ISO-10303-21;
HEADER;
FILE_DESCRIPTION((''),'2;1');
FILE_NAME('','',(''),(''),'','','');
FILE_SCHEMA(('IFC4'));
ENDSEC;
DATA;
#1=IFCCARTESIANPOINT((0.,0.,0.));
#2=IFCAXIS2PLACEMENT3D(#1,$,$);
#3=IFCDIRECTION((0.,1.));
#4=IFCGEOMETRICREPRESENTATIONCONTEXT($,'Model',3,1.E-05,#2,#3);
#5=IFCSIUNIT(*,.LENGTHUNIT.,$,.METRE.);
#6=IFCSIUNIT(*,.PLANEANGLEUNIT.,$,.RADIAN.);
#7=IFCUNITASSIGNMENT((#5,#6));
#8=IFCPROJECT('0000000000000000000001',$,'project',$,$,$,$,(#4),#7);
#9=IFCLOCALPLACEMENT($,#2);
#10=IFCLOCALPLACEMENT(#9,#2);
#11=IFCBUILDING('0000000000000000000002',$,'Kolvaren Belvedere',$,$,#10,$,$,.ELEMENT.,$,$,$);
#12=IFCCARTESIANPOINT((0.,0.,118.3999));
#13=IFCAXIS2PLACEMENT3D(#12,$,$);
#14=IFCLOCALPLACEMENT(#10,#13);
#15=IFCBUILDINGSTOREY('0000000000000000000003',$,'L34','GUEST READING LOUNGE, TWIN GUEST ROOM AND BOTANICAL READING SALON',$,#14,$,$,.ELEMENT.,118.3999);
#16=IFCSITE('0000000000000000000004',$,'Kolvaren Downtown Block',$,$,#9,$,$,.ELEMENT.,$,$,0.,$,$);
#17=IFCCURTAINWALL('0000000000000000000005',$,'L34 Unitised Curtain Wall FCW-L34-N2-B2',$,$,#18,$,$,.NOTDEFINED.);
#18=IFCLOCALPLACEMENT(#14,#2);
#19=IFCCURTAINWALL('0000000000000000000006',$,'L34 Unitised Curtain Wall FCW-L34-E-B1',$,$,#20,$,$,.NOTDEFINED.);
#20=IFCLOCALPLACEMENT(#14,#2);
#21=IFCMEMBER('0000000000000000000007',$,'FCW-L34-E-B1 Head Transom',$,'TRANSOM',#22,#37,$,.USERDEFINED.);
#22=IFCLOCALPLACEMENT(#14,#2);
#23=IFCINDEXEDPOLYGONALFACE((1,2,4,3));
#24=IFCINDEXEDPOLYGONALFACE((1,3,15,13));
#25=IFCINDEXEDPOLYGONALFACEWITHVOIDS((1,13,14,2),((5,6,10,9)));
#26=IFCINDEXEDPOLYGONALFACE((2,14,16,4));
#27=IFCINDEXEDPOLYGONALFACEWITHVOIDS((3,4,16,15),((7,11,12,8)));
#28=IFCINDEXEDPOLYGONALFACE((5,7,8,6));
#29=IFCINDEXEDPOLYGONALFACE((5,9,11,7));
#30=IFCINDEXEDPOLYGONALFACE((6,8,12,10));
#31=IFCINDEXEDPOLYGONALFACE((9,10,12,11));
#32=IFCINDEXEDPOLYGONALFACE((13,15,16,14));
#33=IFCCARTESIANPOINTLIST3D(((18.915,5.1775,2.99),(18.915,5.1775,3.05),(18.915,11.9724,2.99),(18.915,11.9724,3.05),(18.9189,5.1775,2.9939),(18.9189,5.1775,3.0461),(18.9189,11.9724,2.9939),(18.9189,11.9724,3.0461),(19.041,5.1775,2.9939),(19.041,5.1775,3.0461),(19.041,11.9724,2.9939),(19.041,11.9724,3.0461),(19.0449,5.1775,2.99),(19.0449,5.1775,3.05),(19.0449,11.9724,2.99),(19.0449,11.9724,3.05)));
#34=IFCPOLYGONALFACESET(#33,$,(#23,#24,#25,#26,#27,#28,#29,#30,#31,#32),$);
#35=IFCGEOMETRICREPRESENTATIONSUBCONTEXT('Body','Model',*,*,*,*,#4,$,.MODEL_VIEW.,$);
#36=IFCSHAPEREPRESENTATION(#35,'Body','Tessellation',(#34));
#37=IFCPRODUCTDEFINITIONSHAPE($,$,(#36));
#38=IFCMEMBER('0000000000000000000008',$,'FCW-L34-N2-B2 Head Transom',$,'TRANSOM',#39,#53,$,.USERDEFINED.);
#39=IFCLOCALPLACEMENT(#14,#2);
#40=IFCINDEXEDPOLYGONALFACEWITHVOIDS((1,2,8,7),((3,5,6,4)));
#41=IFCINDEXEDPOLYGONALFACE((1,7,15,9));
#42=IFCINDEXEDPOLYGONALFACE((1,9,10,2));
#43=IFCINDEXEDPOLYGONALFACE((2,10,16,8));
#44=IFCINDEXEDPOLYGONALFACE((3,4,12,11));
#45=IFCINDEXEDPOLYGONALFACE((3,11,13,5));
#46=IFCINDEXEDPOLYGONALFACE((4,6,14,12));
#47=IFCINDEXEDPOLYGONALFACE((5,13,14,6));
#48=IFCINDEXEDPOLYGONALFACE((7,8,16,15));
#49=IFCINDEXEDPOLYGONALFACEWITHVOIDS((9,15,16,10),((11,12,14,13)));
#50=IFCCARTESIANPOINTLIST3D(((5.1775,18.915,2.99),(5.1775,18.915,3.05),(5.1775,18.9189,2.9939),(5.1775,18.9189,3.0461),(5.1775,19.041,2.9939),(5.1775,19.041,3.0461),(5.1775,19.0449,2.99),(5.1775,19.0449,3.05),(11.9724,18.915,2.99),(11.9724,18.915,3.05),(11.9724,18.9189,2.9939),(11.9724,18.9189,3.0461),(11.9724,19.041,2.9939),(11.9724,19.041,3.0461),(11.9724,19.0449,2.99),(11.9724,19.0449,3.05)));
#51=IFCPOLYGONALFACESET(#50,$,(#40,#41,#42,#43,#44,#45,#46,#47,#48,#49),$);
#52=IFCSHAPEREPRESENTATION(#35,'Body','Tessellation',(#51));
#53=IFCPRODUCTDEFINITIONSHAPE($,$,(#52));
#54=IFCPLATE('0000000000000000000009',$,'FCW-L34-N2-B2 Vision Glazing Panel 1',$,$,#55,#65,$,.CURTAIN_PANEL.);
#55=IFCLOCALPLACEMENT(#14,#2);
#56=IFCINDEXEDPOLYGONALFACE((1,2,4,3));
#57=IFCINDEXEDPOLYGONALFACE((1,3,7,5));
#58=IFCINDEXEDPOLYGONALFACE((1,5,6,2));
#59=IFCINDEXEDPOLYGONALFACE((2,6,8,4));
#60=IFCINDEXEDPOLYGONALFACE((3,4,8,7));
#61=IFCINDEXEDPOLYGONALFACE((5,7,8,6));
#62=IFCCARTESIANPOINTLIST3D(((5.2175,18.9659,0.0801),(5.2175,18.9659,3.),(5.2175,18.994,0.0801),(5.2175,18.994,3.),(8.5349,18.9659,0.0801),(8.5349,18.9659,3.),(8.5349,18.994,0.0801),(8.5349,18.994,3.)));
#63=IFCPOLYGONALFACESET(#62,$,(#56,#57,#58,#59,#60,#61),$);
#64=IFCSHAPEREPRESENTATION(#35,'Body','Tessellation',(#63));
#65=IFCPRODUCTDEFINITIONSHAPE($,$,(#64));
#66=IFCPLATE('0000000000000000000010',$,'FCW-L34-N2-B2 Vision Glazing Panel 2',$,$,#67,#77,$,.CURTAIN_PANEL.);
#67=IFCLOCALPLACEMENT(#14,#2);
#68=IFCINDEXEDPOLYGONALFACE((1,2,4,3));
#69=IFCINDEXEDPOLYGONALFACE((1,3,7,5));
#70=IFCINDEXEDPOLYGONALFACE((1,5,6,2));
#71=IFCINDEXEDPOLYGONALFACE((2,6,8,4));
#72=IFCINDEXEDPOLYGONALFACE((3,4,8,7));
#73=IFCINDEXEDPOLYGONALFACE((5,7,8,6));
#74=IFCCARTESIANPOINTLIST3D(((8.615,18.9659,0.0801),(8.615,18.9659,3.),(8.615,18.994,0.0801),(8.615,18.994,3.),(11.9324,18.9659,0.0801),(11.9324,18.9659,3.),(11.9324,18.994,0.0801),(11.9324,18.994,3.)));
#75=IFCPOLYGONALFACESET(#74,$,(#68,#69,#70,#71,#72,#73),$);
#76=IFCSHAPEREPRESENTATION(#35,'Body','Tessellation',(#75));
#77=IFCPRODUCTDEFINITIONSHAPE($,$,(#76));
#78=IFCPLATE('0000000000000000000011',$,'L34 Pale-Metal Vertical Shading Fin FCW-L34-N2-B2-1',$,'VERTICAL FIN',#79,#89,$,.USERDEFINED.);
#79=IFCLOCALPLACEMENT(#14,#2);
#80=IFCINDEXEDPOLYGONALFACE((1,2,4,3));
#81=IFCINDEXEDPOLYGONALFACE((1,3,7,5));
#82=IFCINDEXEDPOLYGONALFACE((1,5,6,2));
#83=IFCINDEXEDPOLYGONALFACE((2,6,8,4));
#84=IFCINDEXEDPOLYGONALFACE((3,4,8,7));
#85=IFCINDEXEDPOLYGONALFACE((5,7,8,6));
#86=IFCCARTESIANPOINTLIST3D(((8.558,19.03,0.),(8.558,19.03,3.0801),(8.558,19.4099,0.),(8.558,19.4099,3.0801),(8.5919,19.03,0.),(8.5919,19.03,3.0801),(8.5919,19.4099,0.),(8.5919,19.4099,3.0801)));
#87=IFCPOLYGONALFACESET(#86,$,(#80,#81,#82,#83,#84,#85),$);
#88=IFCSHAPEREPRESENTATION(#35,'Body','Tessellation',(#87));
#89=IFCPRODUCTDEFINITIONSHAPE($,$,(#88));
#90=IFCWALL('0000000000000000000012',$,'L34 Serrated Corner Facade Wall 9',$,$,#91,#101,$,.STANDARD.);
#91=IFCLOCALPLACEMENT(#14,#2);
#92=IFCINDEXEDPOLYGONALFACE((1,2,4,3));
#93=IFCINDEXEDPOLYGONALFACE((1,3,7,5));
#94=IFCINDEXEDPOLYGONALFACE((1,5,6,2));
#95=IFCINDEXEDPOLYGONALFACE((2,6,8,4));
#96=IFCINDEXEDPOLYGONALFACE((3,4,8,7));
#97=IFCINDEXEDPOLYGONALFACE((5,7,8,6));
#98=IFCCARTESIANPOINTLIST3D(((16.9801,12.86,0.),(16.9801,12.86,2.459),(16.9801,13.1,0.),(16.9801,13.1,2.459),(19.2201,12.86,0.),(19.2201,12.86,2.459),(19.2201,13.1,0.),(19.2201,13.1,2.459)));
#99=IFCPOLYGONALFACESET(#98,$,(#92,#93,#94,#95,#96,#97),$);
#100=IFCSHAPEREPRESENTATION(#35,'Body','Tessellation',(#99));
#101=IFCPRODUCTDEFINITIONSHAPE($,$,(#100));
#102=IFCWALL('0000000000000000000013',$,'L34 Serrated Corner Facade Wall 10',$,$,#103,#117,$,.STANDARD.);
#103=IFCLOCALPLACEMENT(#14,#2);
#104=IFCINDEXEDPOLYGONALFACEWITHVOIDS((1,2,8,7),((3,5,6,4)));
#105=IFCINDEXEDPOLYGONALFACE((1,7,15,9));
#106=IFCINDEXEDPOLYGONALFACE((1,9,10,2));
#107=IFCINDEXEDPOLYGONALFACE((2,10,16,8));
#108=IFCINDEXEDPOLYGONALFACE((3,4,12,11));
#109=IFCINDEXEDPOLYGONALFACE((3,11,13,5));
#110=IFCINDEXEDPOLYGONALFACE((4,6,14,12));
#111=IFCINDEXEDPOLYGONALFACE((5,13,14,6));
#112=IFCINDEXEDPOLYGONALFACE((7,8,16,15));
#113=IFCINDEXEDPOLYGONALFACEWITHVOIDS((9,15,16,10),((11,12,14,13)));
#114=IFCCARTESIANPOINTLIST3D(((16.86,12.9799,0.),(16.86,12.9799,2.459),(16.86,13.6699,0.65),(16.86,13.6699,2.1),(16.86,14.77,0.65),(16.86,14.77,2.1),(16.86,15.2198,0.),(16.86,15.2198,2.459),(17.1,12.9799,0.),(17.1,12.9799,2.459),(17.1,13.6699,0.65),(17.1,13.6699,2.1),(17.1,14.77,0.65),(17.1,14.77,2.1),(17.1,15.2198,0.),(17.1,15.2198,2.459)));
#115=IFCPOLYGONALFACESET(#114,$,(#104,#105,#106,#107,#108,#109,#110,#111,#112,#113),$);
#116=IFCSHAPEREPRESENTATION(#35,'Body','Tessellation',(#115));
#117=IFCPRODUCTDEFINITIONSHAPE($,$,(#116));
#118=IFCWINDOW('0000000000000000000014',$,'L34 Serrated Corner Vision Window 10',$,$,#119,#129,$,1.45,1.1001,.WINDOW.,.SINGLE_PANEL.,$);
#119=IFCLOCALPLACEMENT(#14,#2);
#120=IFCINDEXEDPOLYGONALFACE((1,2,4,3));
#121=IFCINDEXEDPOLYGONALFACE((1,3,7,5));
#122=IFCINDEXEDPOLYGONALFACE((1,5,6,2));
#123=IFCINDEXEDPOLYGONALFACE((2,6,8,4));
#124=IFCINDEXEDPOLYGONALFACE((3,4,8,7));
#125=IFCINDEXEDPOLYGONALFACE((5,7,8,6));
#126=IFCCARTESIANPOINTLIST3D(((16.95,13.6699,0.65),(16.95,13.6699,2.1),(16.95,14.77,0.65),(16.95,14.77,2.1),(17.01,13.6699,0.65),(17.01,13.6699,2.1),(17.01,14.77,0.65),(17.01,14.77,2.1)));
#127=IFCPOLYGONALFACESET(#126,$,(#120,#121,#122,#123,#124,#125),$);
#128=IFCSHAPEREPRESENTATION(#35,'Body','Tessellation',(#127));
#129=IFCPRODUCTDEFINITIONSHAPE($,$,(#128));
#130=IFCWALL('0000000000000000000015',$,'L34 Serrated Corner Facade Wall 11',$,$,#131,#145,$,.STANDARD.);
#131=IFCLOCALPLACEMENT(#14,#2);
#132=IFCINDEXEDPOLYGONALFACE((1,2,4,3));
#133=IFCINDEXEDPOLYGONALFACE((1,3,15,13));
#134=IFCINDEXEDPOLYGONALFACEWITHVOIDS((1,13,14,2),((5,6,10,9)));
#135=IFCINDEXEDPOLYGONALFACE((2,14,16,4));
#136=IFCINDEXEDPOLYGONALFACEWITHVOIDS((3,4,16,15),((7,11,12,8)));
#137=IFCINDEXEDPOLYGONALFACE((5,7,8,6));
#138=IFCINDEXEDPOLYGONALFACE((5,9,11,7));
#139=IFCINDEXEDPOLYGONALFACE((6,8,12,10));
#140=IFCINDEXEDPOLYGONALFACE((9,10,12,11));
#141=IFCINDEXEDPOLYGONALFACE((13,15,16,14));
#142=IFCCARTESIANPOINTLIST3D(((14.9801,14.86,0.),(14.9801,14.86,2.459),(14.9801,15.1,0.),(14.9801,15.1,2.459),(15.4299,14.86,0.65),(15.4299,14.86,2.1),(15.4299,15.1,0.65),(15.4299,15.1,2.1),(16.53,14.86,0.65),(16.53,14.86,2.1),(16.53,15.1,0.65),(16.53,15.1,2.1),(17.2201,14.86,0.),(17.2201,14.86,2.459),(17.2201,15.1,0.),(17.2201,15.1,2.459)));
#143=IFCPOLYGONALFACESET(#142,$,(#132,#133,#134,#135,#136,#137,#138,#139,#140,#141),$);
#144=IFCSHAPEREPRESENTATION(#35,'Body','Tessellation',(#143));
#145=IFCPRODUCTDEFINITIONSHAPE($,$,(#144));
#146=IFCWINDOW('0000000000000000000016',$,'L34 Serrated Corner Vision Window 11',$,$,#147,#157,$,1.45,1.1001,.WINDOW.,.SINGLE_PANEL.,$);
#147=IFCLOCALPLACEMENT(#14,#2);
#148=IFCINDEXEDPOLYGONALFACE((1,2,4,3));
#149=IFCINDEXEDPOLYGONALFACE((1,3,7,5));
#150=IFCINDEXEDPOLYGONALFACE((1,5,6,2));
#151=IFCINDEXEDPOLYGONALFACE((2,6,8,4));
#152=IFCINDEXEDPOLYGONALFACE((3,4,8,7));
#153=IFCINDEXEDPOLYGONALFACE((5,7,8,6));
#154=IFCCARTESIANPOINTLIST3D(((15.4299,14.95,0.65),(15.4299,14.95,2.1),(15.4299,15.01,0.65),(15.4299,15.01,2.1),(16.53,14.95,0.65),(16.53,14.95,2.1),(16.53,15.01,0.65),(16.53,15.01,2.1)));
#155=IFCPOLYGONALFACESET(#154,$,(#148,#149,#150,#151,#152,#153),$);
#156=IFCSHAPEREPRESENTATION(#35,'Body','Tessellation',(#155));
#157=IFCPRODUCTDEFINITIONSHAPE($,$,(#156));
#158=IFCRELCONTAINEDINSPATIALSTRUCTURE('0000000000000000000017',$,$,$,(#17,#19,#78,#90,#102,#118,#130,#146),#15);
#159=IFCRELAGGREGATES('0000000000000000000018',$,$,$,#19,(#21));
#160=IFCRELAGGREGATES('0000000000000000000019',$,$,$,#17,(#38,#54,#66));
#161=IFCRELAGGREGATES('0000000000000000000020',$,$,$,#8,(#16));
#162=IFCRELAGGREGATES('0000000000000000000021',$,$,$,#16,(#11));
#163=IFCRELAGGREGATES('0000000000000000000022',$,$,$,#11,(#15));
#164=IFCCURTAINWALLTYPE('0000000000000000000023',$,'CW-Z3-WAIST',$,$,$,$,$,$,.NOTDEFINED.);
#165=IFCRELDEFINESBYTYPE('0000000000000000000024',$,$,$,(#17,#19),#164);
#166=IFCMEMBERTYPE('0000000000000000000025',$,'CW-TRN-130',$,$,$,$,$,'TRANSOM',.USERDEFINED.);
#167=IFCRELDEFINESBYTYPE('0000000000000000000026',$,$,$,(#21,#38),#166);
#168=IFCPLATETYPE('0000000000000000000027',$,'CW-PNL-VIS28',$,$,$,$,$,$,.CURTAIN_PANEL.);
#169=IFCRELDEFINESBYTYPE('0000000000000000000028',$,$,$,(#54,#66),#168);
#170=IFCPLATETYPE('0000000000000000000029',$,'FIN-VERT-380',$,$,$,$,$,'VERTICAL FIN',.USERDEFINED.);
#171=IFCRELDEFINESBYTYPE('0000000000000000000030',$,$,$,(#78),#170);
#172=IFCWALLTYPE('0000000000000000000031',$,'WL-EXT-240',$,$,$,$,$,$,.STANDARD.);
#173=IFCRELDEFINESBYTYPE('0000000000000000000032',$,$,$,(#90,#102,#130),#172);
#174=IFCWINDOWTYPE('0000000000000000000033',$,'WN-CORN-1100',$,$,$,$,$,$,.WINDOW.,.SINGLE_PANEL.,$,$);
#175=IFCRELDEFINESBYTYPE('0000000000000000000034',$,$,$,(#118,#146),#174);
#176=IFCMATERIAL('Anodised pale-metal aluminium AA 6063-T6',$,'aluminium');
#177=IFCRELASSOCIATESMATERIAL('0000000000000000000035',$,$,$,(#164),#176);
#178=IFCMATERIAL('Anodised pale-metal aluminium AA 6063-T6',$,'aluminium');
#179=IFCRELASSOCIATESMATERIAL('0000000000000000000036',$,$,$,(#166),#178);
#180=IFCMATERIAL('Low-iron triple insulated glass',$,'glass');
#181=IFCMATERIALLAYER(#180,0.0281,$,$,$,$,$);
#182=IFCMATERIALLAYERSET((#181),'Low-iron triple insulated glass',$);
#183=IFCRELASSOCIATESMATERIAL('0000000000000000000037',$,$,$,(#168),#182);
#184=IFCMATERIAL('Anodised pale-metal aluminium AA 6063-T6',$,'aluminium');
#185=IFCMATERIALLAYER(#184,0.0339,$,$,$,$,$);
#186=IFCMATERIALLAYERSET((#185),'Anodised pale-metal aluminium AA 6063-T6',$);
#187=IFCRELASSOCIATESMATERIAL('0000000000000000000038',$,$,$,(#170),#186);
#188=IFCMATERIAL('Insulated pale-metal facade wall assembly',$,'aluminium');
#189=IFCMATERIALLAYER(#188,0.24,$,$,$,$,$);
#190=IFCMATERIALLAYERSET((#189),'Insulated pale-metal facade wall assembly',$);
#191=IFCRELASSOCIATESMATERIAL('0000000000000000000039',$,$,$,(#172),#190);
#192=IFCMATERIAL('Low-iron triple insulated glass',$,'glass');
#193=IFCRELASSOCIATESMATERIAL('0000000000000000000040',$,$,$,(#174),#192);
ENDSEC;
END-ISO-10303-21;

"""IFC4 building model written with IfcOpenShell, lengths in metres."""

from ifc_helpers import new_model, si_unit, direction, frame, frame_2d, origin, origin_2d, place, context, subcontext, project, spatial, rectangle, hollow_rectangle, extrude, material, layer, layer_set, material_profile, profile_set, type_object, element, fill, aggregate, save


model = new_model("IFC4")

# Units and contexts
model_context = context("Model", 3, precision=1e-05, world=origin(), true_north=direction((0.0, 1.0)))
body_context = subcontext(model_context, "Body", "Model", "MODEL_VIEW")
ifc_project = project(units=[si_unit("LENGTHUNIT", "METRE"), si_unit("PLANEANGLEUNIT", "RADIAN")], contexts=[model_context])

# Site, building, storey
site_placement = place(None, origin())
site = spatial("IfcSite", under=ifc_project, at=site_placement, Name="Kolvaren Downtown Block", CompositionType="ELEMENT", RefElevation=0.0)
building_placement = place(site_placement, origin())
building = spatial("IfcBuilding", under=site, at=building_placement, Name="Kolvaren Belvedere", CompositionType="ELEMENT")
storey_placement = place(building_placement, frame((0.0, 0.0, 118.3999)))
storey = spatial("IfcBuildingStorey", under=building, at=storey_placement, Name="L34", Description="GUEST READING LOUNGE, TWIN GUEST ROOM AND BOTANICAL READING SALON", CompositionType="ELEMENT", Elevation=118.3999)

# Curtain walls, member
ifc_material_1 = material(Name="Anodised pale-metal aluminium AA 6063-T6", Category="aluminium")
curtain_wall_type = type_object("IfcCurtainWallType", Name="CW-Z3-WAIST", PredefinedType="NOTDEFINED", material=ifc_material_1)
curtain_wall_1_placement = place(storey_placement, origin())
curtain_wall_1 = element("IfcCurtainWall", 1, at=curtain_wall_1_placement, inside=storey, type_object=curtain_wall_type, Name="L34 Unitised Curtain Wall FCW-L34-N2-B2", PredefinedType="NOTDEFINED")
curtain_wall_2_placement = place(storey_placement, origin())
curtain_wall_2 = element("IfcCurtainWall", 2, at=curtain_wall_2_placement, inside=storey, type_object=curtain_wall_type, Name="L34 Unitised Curtain Wall FCW-L34-E-B1", PredefinedType="NOTDEFINED")
ifc_material_2 = material(Name="Anodised pale-metal aluminium AA 6063-T6", Category="aluminium")
ifc_material_profile_1 = material_profile(ifc_material_2, hollow_rectangle(XDim=0.0601, YDim=0.1299, WallThickness=0.0039, at=origin_2d()), Name="ALU-TRN-130X60")
ifc_profile_set_1 = profile_set([ifc_material_profile_1], Name="Anodised pale-metal aluminium AA 6063-T6")
member_type_1 = type_object("IfcMemberType", Name="CW-TRN-130", ElementType="TRANSOM", PredefinedType="USERDEFINED", material=ifc_profile_set_1)
member_1_placement = place(storey_placement, frame((18.98, 11.9724, 3.02), z_axis=(0.0, -1.0, 0.0), x_axis=(0.0, 0.0, 1.0)))
member_1 = element("IfcMember", 3, at=member_1_placement, type_object=member_type_1, Name="FCW-L34-E-B1 Head Transom", ObjectType="TRANSOM", PredefinedType="USERDEFINED", context=body_context, shape_type="SweptSolid", body=[
    extrude(hollow_rectangle(XDim=0.0601, YDim=0.1299, WallThickness=0.0039, at=origin_2d()), origin(), (0.0, 0.0, 1.0), 6.7949),
])
aggregate(curtain_wall_2, [member_1])

# Member
member_2_placement = place(storey_placement, frame((5.1775, 18.98, 3.02), z_axis=(1.0, 0.0, 0.0), x_axis=(0.0, 0.0, 1.0)))
member_2 = element("IfcMember", 4, at=member_2_placement, type_object=member_type_1, Name="FCW-L34-N2-B2 Head Transom", ObjectType="TRANSOM", PredefinedType="USERDEFINED", context=body_context, shape_type="SweptSolid", body=[
    extrude(hollow_rectangle(XDim=0.0601, YDim=0.1299, WallThickness=0.0039, at=origin_2d()), origin(), (0.0, 0.0, 1.0), 6.7949),
])

# Plates
ifc_material_3 = material(Name="Low-iron triple insulated glass", Category="glass")
ifc_layer_1 = layer(ifc_material_3, 0.0281)
ifc_layer_set_1 = layer_set([ifc_layer_1], Name="Low-iron triple insulated glass")
plate_type_1 = type_object("IfcPlateType", Name="CW-PNL-VIS28", PredefinedType="CURTAIN_PANEL", material=ifc_layer_set_1)
plate_1_placement = place(storey_placement, frame((6.8762, 18.98, 0.0801), z_axis=(0.0, 0.0, 1.0), x_axis=(1.0, 0.0, 0.0)))
plate_1 = element("IfcPlate", 5, at=plate_1_placement, type_object=plate_type_1, Name="FCW-L34-N2-B2 Vision Glazing Panel 1", PredefinedType="CURTAIN_PANEL", context=body_context, shape_type="SweptSolid", body=[
    extrude(rectangle(XDim=3.3174, YDim=0.0281, at=origin_2d()), origin(), (0.0, 0.0, 1.0), 2.9199),
])
plate_2_placement = place(storey_placement, frame((10.2737, 18.98, 0.0801), z_axis=(0.0, 0.0, 1.0), x_axis=(1.0, 0.0, 0.0)))
plate_2 = element("IfcPlate", 6, at=plate_2_placement, type_object=plate_type_1, Name="FCW-L34-N2-B2 Vision Glazing Panel 2", PredefinedType="CURTAIN_PANEL", context=body_context, shape_type="SweptSolid", body=[
    extrude(rectangle(XDim=3.3174, YDim=0.0281, at=origin_2d()), origin(), (0.0, 0.0, 1.0), 2.9199),
])
aggregate(curtain_wall_1, [member_2, plate_1, plate_2])
ifc_material_4 = material(Name="Anodised pale-metal aluminium AA 6063-T6", Category="aluminium")
ifc_layer_2 = layer(ifc_material_4, 0.0339)
ifc_layer_set_2 = layer_set([ifc_layer_2], Name="Anodised pale-metal aluminium AA 6063-T6")
plate_type_2 = type_object("IfcPlateType", Name="FIN-VERT-380", ElementType="VERTICAL FIN", PredefinedType="USERDEFINED", material=ifc_layer_set_2)
plate_3_placement = place(storey_placement, frame((8.575, 19.22, 0.0), z_axis=(0.0, 0.0, 1.0), x_axis=(0.0, 1.0, 0.0)))
element("IfcPlate", 7, at=plate_3_placement, inside=storey, type_object=plate_type_2, Name="L34 Pale-Metal Vertical Shading Fin FCW-L34-N2-B2-1", ObjectType="VERTICAL FIN", PredefinedType="USERDEFINED", context=body_context, shape_type="SweptSolid", body=[
    extrude(rectangle(XDim=0.3799, YDim=0.0339, at=origin_2d()), origin(), (0.0, 0.0, 1.0), 3.0801),
])

# Wall
ifc_material_5 = material(Name="Insulated pale-metal facade wall assembly", Category="aluminium")
ifc_layer_3 = layer(ifc_material_5, 0.24)
ifc_layer_set_3 = layer_set([ifc_layer_3], Name="Insulated pale-metal facade wall assembly")
wall_type_1 = type_object("IfcWallType", Name="WL-EXT-240", PredefinedType="STANDARD", material=ifc_layer_set_3)
wall_1_placement = place(storey_placement, frame((16.98, 12.98, 0.0), z_axis=(0.0, 0.0, 1.0), x_axis=(1.0, 0.0, 0.0)))
element("IfcWall", 8, at=wall_1_placement, inside=storey, type_object=wall_type_1, Name="L34 Serrated Corner Facade Wall 9", PredefinedType="STANDARD", context=body_context, shape_type="SweptSolid", body=[
    extrude(rectangle(XDim=2.24, YDim=0.24, at=frame_2d((1.1201, 0.0))), origin(), (0.0, 0.0, 1.0), 2.459),
])

# Walls, openings, windows
wall_2_placement = place(storey_placement, frame((16.98, 15.22, 0.0), z_axis=(0.0, 0.0, 1.0), x_axis=(0.0, -1.0, 0.0)))
wall_2 = element("IfcWall", 9, at=wall_2_placement, inside=storey, type_object=wall_type_1, Name="L34 Serrated Corner Facade Wall 10", PredefinedType="STANDARD", context=body_context, shape_type="SweptSolid", body=[
    extrude(rectangle(XDim=2.24, YDim=0.24, at=frame_2d((1.1201, 0.0))), origin(), (0.0, 0.0, 1.0), 2.459),
])
opening_1_placement = place(wall_2_placement, frame((0.45, 0.0, 0.6499)))
opening_1 = element("IfcOpeningElement", 10, at=opening_1_placement, cuts=wall_2, PredefinedType="OPENING", context=body_context, shape_type="SweptSolid", body=[
    extrude(rectangle(XDim=1.1001, YDim=1.45, at=frame_2d((0.55, 0.7251))), frame((0.0, 0.1299, 0.0), z_axis=(0.0, -1.0, 0.0), x_axis=(1.0, 0.0, 0.0)), (0.0, 0.0, 1.0), 0.26),
])
ifc_material_6 = material(Name="Low-iron triple insulated glass", Category="glass")
window_type = type_object("IfcWindowType", Name="WN-CORN-1100", PartitioningType="SINGLE_PANEL", PredefinedType="WINDOW", material=ifc_material_6)
window_1_placement = place(opening_1_placement, origin())
window_1 = element("IfcWindow", 11, at=window_1_placement, inside=storey, type_object=window_type, Name="L34 Serrated Corner Vision Window 10", OverallHeight=1.45, OverallWidth=1.1001, PartitioningType="SINGLE_PANEL", PredefinedType="WINDOW", context=body_context, shape_type="SweptSolid", body=[
    extrude(rectangle(XDim=1.1001, YDim=1.45, at=frame_2d((0.55, 0.7251))), frame((0.0, 0.03, 0.0), z_axis=(0.0, -1.0, 0.0), x_axis=(1.0, 0.0, 0.0)), (0.0, 0.0, 1.0), 0.0601),
])
fill(opening_1, window_1)
wall_3_placement = place(storey_placement, frame((14.98, 14.98, 0.0), z_axis=(0.0, 0.0, 1.0), x_axis=(1.0, 0.0, 0.0)))
wall_3 = element("IfcWall", 12, at=wall_3_placement, inside=storey, type_object=wall_type_1, Name="L34 Serrated Corner Facade Wall 11", PredefinedType="STANDARD", context=body_context, shape_type="SweptSolid", body=[
    extrude(rectangle(XDim=2.24, YDim=0.24, at=frame_2d((1.1201, 0.0))), origin(), (0.0, 0.0, 1.0), 2.459),
])
opening_2_placement = place(wall_3_placement, frame((0.45, 0.0, 0.6499)))
opening_2 = element("IfcOpeningElement", 13, at=opening_2_placement, cuts=wall_3, PredefinedType="OPENING", context=body_context, shape_type="SweptSolid", body=[
    extrude(rectangle(XDim=1.1001, YDim=1.45, at=frame_2d((0.55, 0.7251))), frame((0.0, 0.1299, 0.0), z_axis=(0.0, -1.0, 0.0), x_axis=(1.0, 0.0, 0.0)), (0.0, 0.0, 1.0), 0.26),
])
window_2_placement = place(opening_2_placement, origin())
window_2 = element("IfcWindow", 14, at=window_2_placement, inside=storey, type_object=window_type, Name="L34 Serrated Corner Vision Window 11", OverallHeight=1.45, OverallWidth=1.1001, PartitioningType="SINGLE_PANEL", PredefinedType="WINDOW", context=body_context, shape_type="SweptSolid", body=[
    extrude(rectangle(XDim=1.1001, YDim=1.45, at=frame_2d((0.55, 0.7251))), frame((0.0, 0.03, 0.0), z_axis=(0.0, -1.0, 0.0), x_axis=(1.0, 0.0, 0.0)), (0.0, 0.0, 1.0), 0.0601),
])
fill(opening_2, window_2)

save(model, "model.ifc")
